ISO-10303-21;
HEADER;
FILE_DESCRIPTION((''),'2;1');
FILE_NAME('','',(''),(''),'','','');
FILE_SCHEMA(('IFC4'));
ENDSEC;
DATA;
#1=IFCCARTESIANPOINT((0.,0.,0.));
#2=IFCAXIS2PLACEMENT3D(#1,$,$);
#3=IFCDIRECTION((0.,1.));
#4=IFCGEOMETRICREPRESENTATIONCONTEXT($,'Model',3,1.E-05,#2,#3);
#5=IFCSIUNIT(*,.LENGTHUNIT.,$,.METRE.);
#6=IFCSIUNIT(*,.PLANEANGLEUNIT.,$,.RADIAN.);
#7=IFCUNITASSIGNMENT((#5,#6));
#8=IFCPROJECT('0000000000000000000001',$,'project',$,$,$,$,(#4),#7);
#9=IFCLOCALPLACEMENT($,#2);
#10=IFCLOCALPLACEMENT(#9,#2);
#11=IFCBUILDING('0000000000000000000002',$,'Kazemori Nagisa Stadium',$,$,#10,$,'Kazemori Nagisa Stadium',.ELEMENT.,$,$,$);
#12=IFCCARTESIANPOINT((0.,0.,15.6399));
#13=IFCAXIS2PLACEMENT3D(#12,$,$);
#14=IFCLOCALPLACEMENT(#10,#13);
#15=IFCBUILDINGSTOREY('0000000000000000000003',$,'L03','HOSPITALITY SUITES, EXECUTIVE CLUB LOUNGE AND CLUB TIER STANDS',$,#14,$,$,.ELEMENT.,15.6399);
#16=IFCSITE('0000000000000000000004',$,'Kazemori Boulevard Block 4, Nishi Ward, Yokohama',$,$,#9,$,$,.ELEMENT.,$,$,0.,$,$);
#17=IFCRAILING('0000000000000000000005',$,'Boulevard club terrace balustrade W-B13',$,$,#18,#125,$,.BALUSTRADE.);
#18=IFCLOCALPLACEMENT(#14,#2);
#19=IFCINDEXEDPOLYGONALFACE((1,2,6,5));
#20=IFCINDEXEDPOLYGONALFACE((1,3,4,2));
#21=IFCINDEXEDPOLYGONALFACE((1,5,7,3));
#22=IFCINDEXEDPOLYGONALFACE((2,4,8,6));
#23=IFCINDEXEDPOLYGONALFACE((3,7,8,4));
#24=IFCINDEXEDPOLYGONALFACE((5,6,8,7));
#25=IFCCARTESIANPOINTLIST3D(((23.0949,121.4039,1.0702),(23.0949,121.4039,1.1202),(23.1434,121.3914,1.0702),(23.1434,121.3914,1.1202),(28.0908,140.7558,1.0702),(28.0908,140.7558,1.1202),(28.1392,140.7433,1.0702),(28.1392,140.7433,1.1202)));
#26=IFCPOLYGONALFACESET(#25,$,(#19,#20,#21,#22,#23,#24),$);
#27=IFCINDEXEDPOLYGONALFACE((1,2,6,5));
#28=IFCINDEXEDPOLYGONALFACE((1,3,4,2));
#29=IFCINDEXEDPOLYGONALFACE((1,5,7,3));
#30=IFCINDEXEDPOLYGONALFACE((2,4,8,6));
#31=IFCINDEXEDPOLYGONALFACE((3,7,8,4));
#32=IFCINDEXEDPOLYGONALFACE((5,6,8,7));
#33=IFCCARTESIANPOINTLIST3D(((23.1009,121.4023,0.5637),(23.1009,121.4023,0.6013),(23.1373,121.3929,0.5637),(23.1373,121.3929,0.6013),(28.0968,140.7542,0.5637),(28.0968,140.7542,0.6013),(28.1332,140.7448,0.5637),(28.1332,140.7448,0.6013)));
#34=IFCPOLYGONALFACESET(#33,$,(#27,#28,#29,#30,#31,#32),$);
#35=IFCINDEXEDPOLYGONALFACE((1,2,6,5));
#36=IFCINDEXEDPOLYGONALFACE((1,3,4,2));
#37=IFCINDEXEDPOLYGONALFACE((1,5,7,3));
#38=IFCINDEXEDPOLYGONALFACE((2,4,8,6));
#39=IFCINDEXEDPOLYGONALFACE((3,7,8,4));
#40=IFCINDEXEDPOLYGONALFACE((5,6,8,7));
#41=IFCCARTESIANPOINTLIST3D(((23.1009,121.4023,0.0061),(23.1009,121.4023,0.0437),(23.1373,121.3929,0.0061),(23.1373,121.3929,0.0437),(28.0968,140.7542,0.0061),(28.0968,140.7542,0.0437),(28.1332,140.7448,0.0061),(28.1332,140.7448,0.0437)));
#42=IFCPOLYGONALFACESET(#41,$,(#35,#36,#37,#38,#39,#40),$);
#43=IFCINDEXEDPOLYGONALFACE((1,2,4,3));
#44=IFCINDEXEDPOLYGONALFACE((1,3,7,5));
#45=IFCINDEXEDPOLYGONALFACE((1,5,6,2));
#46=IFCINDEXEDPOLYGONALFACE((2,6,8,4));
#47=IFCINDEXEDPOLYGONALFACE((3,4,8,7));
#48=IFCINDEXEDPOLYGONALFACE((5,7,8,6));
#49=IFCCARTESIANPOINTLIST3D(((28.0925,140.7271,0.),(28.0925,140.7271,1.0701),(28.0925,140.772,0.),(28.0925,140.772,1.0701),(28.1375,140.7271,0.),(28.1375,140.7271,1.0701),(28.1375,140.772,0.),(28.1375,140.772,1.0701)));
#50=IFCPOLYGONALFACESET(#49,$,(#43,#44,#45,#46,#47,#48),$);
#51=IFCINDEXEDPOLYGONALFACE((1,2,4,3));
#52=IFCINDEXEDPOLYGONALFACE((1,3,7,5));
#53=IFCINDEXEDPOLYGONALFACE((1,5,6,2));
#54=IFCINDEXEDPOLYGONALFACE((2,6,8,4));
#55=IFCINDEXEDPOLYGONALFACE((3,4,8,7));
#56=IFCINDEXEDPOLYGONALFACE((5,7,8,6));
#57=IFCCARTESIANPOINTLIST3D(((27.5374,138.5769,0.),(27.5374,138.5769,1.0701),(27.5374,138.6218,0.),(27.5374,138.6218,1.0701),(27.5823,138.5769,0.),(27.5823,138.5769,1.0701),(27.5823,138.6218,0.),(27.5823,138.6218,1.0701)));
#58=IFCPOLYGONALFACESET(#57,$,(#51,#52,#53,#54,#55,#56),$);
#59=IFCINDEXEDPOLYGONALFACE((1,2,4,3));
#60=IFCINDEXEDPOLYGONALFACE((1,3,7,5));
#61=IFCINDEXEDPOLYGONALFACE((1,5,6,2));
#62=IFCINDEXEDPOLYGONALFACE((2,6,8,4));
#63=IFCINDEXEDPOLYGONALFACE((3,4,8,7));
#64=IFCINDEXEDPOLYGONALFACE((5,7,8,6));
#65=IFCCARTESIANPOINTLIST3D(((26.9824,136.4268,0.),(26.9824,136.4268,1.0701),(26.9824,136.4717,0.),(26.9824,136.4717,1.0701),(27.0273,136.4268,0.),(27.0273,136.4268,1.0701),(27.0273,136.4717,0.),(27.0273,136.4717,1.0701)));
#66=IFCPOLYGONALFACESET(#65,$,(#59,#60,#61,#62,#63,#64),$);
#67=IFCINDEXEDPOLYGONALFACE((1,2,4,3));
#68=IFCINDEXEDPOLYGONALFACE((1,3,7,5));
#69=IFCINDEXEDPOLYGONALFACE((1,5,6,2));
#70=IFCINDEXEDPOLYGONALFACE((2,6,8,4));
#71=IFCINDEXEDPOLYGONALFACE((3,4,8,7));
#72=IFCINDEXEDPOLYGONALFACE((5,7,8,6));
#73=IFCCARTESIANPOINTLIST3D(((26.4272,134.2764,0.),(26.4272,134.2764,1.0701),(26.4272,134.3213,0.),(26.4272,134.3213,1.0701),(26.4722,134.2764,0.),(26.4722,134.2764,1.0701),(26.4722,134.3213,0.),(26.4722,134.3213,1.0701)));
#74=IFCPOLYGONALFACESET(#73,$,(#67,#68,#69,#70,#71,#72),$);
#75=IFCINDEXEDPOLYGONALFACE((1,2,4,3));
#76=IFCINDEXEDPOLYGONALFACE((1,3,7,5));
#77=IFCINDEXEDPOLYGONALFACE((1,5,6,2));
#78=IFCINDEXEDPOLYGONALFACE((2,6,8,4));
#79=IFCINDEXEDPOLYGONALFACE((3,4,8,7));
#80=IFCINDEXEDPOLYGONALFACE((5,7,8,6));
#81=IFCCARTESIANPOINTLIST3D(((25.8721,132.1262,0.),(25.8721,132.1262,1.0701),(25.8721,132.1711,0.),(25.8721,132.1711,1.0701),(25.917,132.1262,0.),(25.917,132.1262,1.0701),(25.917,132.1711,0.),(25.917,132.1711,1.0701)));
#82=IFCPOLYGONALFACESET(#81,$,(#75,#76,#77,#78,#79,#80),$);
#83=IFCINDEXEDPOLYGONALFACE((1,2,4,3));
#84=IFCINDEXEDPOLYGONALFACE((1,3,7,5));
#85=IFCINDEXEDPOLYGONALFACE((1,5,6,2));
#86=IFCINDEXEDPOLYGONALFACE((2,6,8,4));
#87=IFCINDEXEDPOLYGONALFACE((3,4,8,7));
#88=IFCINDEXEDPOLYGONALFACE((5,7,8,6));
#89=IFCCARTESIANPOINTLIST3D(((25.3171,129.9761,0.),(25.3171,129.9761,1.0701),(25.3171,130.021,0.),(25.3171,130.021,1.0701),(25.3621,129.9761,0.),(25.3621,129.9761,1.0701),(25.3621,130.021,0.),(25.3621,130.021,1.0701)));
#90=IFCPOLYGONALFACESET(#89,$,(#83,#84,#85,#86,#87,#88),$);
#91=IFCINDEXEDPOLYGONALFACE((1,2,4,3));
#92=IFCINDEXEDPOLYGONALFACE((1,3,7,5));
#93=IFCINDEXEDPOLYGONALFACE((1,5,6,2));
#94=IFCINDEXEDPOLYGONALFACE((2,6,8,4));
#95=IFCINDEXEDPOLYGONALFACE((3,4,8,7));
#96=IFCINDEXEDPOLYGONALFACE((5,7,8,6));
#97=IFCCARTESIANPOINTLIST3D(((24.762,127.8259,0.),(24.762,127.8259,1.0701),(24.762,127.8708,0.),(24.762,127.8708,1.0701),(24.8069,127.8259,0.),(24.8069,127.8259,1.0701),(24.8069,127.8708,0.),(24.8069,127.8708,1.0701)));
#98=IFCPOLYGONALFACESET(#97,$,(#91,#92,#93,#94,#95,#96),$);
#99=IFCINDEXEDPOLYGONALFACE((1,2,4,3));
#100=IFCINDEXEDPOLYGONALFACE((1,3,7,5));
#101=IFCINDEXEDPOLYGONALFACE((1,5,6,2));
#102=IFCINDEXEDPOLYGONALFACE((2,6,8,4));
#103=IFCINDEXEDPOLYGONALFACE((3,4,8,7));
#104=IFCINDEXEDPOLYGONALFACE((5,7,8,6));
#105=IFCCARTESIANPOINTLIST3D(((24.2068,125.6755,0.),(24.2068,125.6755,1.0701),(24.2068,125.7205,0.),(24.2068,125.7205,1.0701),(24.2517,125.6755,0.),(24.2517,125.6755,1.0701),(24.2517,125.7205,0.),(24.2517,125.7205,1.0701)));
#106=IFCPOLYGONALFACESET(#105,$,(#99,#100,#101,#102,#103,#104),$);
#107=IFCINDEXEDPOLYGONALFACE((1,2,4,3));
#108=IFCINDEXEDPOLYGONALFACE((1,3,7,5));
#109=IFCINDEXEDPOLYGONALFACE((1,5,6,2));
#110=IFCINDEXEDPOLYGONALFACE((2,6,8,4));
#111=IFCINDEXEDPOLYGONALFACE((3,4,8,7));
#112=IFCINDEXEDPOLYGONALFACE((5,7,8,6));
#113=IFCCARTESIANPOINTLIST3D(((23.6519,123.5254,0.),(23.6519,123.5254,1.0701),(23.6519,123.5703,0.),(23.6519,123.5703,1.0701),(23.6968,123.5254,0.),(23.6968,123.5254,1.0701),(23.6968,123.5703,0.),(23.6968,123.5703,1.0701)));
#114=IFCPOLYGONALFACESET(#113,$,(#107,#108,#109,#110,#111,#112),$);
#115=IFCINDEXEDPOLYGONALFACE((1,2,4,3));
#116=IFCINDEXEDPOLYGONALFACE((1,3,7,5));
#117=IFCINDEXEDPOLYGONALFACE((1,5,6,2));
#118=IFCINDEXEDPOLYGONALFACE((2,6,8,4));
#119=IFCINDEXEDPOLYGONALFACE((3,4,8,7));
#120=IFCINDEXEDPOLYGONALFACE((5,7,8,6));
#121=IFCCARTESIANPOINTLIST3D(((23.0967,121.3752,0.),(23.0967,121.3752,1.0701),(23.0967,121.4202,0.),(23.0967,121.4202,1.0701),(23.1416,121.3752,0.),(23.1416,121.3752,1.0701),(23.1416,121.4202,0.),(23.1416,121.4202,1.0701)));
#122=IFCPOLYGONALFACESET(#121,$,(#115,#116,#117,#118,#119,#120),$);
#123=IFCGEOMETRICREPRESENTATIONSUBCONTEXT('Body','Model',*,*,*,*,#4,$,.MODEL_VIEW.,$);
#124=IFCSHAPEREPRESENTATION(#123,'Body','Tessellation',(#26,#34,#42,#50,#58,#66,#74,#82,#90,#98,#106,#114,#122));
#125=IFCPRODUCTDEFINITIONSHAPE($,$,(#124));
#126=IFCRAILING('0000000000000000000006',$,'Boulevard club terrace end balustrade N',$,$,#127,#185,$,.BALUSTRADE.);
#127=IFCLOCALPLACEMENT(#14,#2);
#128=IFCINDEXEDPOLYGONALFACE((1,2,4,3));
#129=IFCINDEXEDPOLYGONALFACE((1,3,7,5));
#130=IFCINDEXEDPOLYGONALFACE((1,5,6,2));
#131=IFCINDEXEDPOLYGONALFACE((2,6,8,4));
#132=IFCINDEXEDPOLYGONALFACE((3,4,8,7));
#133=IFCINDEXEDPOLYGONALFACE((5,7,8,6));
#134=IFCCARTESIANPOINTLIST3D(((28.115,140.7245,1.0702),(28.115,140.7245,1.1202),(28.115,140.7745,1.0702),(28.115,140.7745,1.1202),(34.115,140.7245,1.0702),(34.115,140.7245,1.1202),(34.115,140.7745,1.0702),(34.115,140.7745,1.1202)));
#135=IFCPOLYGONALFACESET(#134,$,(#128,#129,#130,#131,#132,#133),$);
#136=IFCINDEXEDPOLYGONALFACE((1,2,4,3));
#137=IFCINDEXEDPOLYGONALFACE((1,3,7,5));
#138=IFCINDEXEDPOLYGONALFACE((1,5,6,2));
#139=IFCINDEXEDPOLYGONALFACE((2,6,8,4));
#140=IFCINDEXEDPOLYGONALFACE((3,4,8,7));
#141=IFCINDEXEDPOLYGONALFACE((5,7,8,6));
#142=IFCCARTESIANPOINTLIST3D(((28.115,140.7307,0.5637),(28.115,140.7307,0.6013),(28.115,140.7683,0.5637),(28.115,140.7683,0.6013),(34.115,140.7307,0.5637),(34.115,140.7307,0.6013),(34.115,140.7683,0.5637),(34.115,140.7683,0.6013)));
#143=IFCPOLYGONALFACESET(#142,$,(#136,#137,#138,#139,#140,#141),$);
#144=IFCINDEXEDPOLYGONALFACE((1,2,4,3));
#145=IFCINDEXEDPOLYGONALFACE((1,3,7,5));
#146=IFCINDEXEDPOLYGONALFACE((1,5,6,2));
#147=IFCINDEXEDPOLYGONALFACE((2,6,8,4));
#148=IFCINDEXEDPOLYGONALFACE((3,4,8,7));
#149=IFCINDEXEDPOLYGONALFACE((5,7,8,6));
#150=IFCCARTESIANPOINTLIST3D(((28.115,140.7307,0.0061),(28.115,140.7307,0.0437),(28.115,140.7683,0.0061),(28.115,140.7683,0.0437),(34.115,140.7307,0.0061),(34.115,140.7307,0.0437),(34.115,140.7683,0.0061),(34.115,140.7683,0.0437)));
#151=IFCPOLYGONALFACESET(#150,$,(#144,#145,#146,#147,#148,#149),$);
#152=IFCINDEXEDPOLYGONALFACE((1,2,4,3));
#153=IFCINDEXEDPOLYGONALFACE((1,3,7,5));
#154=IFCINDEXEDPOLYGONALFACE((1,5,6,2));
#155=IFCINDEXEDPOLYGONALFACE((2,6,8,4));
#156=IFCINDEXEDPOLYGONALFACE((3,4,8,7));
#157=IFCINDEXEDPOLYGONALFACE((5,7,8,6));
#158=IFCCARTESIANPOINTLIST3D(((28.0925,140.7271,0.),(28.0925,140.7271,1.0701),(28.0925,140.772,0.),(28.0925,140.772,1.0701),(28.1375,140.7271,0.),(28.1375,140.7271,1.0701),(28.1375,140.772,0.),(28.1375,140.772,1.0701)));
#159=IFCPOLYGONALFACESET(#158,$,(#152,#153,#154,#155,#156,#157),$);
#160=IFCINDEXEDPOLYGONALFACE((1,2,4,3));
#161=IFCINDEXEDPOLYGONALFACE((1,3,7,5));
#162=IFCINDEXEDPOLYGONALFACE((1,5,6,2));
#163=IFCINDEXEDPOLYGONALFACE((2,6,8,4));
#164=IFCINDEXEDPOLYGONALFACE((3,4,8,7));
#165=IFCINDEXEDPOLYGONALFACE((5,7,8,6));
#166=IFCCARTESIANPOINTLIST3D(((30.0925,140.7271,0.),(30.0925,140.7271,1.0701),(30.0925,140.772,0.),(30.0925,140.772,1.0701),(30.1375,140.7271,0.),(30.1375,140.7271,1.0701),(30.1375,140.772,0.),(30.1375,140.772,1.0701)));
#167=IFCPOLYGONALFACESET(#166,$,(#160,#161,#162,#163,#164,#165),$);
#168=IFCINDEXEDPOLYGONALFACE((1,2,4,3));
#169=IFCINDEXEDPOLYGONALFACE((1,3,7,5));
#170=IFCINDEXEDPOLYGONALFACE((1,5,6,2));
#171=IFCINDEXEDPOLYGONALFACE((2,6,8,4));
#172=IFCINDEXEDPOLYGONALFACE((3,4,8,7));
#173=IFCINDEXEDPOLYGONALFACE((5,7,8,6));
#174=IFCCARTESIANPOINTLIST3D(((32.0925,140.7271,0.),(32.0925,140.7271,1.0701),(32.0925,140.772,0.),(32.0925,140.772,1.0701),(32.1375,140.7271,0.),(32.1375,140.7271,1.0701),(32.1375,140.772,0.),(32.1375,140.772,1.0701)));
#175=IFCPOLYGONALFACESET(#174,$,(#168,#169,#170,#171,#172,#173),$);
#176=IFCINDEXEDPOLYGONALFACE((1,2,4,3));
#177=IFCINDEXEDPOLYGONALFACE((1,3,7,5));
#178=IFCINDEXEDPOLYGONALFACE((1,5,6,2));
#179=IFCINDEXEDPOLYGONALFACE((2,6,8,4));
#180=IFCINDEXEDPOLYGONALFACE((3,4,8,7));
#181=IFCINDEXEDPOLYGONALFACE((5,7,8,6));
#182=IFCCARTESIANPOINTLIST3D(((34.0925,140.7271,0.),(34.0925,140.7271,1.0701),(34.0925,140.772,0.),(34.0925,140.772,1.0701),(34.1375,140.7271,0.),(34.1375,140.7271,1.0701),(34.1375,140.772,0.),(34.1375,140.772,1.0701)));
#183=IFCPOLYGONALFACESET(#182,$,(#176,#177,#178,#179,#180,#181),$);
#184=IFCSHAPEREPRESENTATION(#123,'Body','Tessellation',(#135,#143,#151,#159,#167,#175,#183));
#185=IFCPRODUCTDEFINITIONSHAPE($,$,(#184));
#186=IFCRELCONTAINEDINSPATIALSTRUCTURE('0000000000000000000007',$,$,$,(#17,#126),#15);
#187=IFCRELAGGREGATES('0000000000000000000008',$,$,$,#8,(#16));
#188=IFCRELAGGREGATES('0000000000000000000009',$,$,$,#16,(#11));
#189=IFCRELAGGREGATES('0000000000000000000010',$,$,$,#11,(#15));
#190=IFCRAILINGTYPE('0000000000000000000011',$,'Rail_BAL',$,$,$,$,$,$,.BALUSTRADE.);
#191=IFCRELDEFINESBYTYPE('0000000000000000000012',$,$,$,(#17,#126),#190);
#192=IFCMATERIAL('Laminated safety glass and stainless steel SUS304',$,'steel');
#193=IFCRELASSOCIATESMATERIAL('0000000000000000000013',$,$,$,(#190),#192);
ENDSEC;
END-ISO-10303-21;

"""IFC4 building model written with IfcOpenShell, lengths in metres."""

from ifc_helpers import new_model, si_unit, direction, frame, origin, origin_2d, place, context, subcontext, project, spatial, rectangle, extrude, material, type_object, element, save


model = new_model("IFC4")

# Units and contexts
model_context = context("Model", 3, precision=1e-05, world=origin(), true_north=direction((0.0, 1.0)))
body_context = subcontext(model_context, "Body", "Model", "MODEL_VIEW")
ifc_project = project(units=[si_unit("LENGTHUNIT", "METRE"), si_unit("PLANEANGLEUNIT", "RADIAN")], contexts=[model_context])

# Site, building, storey
site_placement = place(None, origin())
site = spatial("IfcSite", under=ifc_project, at=site_placement, Name="Kazemori Boulevard Block 4, Nishi Ward, Yokohama", CompositionType="ELEMENT", RefElevation=0.0)
building_placement = place(site_placement, origin())
building = spatial("IfcBuilding", under=site, at=building_placement, Name="Kazemori Nagisa Stadium", LongName="Kazemori Nagisa Stadium", CompositionType="ELEMENT")
storey_placement = place(building_placement, frame((0.0, 0.0, 15.6399)))
storey = spatial("IfcBuildingStorey", under=building, at=storey_placement, Name="L03", Description="HOSPITALITY SUITES, EXECUTIVE CLUB LOUNGE AND CLUB TIER STANDS", CompositionType="ELEMENT", Elevation=15.6399)

# Railings
ifc_material_1 = material(Name="Laminated safety glass and stainless steel SUS304", Category="steel")
railing_type = type_object("IfcRailingType", Name="Rail_BAL", PredefinedType="BALUSTRADE", material=ifc_material_1)
railing_1_placement = place(storey_placement, frame((28.115, 140.7495, 0.0)))
element("IfcRailing", 1, at=railing_1_placement, inside=storey, type_object=railing_type, Name="Boulevard club terrace balustrade W-B13", PredefinedType="BALUSTRADE", context=body_context, shape_type="SweptSolid", body=[
    extrude(rectangle(XDim=0.05, YDim=0.05, at=origin_2d()), frame((0.0, 0.0, 1.0952), z_axis=(-0.249964, -0.968255, 0.0), x_axis=(0.968255, -0.249964, 0.0)), (0.0, 0.0, 1.0), 19.9863),
    extrude(rectangle(XDim=0.0376, YDim=0.0376, at=origin_2d()), frame((0.0, 0.0, 0.5825), z_axis=(-0.249964, -0.968255, 0.0), x_axis=(0.968255, -0.249964, 0.0)), (0.0, 0.0, 1.0), 19.9863),
    extrude(rectangle(XDim=0.0376, YDim=0.0376, at=origin_2d()), frame((0.0, 0.0, 0.0249), z_axis=(-0.249964, -0.968255, 0.0), x_axis=(0.968255, -0.249964, 0.0)), (0.0, 0.0, 1.0), 19.9863),
    extrude(rectangle(XDim=0.0449, YDim=0.0449, at=origin_2d()), origin(), (0.0, 0.0, 1.0), 1.0701),
    extrude(rectangle(XDim=0.0449, YDim=0.0449, at=origin_2d()), frame((-0.5552, -2.1501, 0.0)), (0.0, 0.0, 1.0), 1.0701),
    extrude(rectangle(XDim=0.0449, YDim=0.0449, at=origin_2d()), frame((-1.1101, -4.3003, 0.0)), (0.0, 0.0, 1.0), 1.0701),
    extrude(rectangle(XDim=0.0449, YDim=0.0449, at=origin_2d()), frame((-1.6653, -6.4507, 0.0)), (0.0, 0.0, 1.0), 1.0701),
    extrude(rectangle(XDim=0.0449, YDim=0.0449, at=origin_2d()), frame((-2.2205, -8.6008, 0.0)), (0.0, 0.0, 1.0), 1.0701),
    extrude(rectangle(XDim=0.0449, YDim=0.0449, at=origin_2d()), frame((-2.7754, -10.751, 0.0)), (0.0, 0.0, 1.0), 1.0701),
    extrude(rectangle(XDim=0.0449, YDim=0.0449, at=origin_2d()), frame((-3.3306, -12.9011, 0.0)), (0.0, 0.0, 1.0), 1.0701),
    extrude(rectangle(XDim=0.0449, YDim=0.0449, at=origin_2d()), frame((-3.8857, -15.0515, 0.0)), (0.0, 0.0, 1.0), 1.0701),
    extrude(rectangle(XDim=0.0449, YDim=0.0449, at=origin_2d()), frame((-4.4407, -17.2017, 0.0)), (0.0, 0.0, 1.0), 1.0701),
    extrude(rectangle(XDim=0.0449, YDim=0.0449, at=origin_2d()), frame((-4.9958, -19.3518, 0.0)), (0.0, 0.0, 1.0), 1.0701),
])
railing_2_placement = place(storey_placement, frame((28.115, 140.7495, 0.0)))
element("IfcRailing", 2, at=railing_2_placement, inside=storey, type_object=railing_type, Name="Boulevard club terrace end balustrade N", PredefinedType="BALUSTRADE", context=body_context, shape_type="SweptSolid", body=[
    extrude(rectangle(XDim=0.05, YDim=0.05, at=origin_2d()), frame((0.0, 0.0, 1.0952), z_axis=(1.0, 0.0, 0.0), x_axis=(0.0, 1.0, 0.0)), (0.0, 0.0, 1.0), 6.0),
    extrude(rectangle(XDim=0.0376, YDim=0.0376, at=origin_2d()), frame((0.0, 0.0, 0.5825), z_axis=(1.0, 0.0, 0.0), x_axis=(0.0, 1.0, 0.0)), (0.0, 0.0, 1.0), 6.0),
    extrude(rectangle(XDim=0.0376, YDim=0.0376, at=origin_2d()), frame((0.0, 0.0, 0.0249), z_axis=(1.0, 0.0, 0.0), x_axis=(0.0, 1.0, 0.0)), (0.0, 0.0, 1.0), 6.0),
    extrude(rectangle(XDim=0.0449, YDim=0.0449, at=origin_2d()), origin(), (0.0, 0.0, 1.0), 1.0701),
    extrude(rectangle(XDim=0.0449, YDim=0.0449, at=origin_2d()), frame((2.0, 0.0, 0.0)), (0.0, 0.0, 1.0), 1.0701),
    extrude(rectangle(XDim=0.0449, YDim=0.0449, at=origin_2d()), frame((4.0, 0.0, 0.0)), (0.0, 0.0, 1.0), 1.0701),
    extrude(rectangle(XDim=0.0449, YDim=0.0449, at=origin_2d()), frame((6.0, 0.0, 0.0)), (0.0, 0.0, 1.0), 1.0701),
])

save(model, "model.ifc")
